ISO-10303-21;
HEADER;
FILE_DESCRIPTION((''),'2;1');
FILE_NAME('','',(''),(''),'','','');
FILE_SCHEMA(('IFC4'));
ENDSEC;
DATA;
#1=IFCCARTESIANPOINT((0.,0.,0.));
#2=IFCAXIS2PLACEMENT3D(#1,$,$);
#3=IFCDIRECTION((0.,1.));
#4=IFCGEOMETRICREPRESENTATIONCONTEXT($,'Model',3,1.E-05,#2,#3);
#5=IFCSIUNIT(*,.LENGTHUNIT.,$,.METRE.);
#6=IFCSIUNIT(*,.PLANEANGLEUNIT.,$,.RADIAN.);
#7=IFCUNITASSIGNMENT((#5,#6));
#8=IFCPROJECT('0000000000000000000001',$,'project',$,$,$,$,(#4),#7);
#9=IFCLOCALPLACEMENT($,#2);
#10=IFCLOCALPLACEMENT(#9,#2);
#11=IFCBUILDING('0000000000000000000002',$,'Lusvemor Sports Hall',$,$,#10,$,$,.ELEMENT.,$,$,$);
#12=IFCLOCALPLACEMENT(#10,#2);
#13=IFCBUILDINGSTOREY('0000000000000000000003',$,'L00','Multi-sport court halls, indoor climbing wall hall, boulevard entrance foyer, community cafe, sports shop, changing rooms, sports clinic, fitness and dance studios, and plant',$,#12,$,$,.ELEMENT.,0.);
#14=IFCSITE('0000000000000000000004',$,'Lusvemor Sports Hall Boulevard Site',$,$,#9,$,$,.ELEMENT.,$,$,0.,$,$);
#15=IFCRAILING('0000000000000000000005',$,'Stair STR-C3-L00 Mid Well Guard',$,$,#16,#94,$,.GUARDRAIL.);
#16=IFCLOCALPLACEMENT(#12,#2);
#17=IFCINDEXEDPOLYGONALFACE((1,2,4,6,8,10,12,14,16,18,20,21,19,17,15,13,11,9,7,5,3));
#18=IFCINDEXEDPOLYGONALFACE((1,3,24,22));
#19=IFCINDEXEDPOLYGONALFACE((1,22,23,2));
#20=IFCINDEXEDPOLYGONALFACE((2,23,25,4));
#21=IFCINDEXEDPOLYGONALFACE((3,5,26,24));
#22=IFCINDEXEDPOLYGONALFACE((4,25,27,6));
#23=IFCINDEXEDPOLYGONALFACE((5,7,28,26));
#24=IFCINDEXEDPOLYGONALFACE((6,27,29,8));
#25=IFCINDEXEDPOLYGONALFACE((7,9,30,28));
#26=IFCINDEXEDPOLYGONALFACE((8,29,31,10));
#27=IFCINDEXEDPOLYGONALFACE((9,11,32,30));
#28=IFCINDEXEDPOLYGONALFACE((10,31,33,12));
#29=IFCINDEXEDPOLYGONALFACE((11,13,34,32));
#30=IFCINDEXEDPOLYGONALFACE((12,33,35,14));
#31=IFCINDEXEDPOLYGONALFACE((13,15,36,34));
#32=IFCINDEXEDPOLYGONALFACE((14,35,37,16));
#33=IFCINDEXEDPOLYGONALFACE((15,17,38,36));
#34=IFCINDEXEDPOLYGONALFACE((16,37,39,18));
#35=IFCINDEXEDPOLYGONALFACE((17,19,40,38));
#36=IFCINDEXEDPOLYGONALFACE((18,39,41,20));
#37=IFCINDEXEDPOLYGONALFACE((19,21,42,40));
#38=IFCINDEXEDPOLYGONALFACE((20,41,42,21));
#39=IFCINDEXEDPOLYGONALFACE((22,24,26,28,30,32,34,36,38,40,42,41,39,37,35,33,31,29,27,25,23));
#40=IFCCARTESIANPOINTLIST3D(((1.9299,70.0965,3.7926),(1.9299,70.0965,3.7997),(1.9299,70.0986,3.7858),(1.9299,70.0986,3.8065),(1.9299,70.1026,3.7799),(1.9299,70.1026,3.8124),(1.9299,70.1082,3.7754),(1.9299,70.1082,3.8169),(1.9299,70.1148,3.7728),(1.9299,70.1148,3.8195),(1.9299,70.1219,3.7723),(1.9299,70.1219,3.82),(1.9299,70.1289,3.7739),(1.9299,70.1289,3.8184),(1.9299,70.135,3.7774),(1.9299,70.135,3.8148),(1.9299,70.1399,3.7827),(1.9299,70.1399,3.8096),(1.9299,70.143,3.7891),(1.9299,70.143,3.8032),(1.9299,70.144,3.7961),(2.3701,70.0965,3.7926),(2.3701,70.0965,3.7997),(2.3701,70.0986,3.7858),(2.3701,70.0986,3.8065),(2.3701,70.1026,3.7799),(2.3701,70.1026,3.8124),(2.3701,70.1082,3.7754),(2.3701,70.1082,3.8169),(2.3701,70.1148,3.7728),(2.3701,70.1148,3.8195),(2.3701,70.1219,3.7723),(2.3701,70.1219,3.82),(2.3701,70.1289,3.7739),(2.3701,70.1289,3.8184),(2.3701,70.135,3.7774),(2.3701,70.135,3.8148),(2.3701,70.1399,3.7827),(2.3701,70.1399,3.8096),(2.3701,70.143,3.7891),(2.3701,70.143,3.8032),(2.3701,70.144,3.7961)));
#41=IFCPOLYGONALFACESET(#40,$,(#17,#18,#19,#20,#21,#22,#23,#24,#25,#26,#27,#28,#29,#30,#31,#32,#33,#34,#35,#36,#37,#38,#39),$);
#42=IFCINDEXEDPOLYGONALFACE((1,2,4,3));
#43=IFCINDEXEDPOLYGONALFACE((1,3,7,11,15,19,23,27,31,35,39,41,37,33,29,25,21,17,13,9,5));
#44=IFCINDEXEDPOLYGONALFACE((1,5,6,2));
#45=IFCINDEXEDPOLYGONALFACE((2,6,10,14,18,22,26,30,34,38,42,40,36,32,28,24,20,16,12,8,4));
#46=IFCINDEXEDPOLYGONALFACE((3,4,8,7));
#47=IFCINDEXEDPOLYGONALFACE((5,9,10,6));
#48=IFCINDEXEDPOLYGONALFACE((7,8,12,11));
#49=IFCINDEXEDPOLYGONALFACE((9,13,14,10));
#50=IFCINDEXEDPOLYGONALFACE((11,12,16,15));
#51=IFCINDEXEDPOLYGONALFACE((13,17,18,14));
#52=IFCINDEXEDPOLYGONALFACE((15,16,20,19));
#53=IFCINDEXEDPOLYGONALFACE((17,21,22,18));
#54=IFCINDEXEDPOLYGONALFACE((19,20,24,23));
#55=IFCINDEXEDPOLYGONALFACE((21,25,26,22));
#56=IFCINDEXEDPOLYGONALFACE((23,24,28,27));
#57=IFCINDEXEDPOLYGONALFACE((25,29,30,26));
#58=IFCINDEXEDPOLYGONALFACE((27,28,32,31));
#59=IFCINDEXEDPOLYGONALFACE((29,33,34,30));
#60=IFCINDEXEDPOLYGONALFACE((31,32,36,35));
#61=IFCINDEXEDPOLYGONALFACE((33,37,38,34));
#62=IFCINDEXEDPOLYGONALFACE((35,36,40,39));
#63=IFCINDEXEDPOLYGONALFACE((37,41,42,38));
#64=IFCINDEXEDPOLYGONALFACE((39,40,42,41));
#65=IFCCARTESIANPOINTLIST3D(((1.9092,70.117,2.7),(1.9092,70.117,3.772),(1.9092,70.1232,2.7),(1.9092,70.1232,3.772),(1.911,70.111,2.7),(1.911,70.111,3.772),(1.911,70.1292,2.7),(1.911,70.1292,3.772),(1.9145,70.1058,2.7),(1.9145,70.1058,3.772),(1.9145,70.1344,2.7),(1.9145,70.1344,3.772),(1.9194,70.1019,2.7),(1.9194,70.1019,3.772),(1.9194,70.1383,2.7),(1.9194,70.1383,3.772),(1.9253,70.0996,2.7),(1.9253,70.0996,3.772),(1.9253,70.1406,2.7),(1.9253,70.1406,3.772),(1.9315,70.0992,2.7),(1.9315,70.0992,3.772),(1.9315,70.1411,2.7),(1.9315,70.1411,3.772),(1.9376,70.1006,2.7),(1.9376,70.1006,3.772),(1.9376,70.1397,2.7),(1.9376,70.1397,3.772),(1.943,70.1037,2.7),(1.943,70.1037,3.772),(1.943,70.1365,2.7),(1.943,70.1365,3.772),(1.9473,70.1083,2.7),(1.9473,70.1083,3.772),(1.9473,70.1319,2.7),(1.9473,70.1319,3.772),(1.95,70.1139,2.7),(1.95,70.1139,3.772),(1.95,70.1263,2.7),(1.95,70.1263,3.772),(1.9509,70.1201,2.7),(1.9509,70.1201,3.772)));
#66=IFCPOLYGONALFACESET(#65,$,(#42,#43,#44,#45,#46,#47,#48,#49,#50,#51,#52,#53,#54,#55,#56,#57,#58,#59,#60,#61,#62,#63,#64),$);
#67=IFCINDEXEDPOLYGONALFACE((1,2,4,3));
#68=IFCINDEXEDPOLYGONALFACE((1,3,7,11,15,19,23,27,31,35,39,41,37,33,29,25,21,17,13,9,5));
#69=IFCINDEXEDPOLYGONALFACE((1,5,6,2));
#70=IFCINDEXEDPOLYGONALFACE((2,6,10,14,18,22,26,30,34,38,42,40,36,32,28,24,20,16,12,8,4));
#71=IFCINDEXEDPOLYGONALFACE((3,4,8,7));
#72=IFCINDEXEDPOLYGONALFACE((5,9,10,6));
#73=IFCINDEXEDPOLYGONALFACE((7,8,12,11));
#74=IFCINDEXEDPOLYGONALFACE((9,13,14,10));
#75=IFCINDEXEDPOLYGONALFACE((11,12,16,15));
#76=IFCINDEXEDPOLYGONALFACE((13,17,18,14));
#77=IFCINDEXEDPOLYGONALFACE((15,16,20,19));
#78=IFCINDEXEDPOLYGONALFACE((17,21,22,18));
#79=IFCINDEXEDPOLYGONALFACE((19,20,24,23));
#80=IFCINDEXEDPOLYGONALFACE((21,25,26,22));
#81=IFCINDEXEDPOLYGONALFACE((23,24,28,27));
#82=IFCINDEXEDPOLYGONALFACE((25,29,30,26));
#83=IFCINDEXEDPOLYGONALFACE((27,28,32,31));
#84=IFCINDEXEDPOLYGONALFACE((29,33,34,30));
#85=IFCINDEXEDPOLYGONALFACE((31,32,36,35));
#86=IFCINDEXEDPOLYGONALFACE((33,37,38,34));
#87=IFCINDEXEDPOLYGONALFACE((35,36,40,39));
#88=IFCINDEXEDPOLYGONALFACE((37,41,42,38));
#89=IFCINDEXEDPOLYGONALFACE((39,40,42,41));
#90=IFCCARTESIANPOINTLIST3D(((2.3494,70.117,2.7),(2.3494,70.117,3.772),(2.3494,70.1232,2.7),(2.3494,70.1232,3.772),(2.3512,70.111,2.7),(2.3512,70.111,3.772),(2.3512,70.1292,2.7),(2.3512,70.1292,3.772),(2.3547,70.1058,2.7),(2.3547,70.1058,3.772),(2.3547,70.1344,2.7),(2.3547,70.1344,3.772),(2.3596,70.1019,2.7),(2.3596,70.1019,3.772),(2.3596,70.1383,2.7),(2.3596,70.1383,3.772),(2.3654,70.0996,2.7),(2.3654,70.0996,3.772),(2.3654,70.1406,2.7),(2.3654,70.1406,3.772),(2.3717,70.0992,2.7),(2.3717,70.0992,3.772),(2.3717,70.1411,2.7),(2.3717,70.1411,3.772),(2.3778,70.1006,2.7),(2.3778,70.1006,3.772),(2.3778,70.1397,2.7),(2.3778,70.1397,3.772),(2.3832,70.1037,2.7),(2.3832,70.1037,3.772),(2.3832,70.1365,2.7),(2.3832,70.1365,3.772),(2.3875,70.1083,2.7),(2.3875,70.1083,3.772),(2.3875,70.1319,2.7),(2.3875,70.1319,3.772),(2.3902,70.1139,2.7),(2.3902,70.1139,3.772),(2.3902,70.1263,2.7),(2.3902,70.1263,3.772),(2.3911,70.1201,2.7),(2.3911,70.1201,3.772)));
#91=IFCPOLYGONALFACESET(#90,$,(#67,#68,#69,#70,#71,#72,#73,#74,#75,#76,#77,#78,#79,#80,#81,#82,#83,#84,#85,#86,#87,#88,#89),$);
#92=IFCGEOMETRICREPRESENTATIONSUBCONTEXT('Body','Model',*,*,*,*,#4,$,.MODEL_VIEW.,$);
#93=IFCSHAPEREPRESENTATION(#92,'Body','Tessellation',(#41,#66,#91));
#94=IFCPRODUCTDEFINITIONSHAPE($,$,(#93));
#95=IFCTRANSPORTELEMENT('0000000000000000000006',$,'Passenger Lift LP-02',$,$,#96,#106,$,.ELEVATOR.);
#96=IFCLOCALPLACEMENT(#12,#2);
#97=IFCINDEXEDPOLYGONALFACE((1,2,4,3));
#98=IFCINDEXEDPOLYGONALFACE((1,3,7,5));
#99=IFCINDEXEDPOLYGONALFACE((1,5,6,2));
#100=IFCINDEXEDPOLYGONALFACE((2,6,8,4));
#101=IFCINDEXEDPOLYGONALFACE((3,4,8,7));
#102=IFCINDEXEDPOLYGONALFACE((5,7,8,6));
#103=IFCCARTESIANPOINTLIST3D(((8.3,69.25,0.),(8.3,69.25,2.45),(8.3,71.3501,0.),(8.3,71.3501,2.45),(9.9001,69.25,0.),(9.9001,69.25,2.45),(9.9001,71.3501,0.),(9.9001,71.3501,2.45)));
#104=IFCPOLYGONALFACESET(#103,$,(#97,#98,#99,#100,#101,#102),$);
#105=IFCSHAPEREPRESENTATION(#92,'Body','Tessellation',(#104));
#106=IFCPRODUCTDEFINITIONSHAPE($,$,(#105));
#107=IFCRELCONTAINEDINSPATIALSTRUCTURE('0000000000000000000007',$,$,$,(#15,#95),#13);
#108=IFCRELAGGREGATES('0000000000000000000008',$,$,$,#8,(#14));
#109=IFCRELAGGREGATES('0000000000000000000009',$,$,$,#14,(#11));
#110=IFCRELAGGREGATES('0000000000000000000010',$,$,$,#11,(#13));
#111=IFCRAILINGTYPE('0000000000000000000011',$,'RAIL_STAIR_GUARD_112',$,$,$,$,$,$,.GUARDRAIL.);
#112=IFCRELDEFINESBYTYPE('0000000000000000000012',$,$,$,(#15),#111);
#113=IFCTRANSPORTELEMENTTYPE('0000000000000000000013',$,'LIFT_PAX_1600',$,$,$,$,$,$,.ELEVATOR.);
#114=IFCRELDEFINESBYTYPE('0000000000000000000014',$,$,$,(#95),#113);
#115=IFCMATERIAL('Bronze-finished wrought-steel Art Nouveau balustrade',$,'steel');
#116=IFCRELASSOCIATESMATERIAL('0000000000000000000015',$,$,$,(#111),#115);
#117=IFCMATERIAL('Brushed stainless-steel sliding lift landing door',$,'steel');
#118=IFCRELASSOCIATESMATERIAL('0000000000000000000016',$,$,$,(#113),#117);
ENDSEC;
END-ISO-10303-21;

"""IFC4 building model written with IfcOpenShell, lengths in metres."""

from ifc_helpers import new_model, si_unit, direction, frame, origin, origin_2d, place, context, subcontext, project, spatial, rectangle, circle, extrude, material, type_object, element, save


model = new_model("IFC4")

# Units and contexts
model_context = context("Model", 3, precision=1e-05, world=origin(), true_north=direction((0.0, 1.0)))
body_context = subcontext(model_context, "Body", "Model", "MODEL_VIEW")
ifc_project = project(units=[si_unit("LENGTHUNIT", "METRE"), si_unit("PLANEANGLEUNIT", "RADIAN")], contexts=[model_context])

# Site, building, storey
site_placement = place(None, origin())
site = spatial("IfcSite", under=ifc_project, at=site_placement, Name="Lusvemor Sports Hall Boulevard Site", CompositionType="ELEMENT", RefElevation=0.0)
building_placement = place(site_placement, origin())
building = spatial("IfcBuilding", under=site, at=building_placement, Name="Lusvemor Sports Hall", CompositionType="ELEMENT")
storey_placement = place(building_placement, origin())
storey = spatial("IfcBuildingStorey", under=building, at=storey_placement, Name="L00", Description="Multi-sport court halls, indoor climbing wall hall, boulevard entrance foyer, community cafe, sports shop, changing rooms, sports clinic, fitness and dance studios, and plant", CompositionType="ELEMENT", Elevation=0.0)

# Railing
ifc_material_1 = material(Name="Bronze-finished wrought-steel Art Nouveau balustrade", Category="steel")
railing_type_1 = type_object("IfcRailingType", Name="RAIL_STAIR_GUARD_112", PredefinedType="GUARDRAIL", material=ifc_material_1)
railing_1_placement = place(storey_placement, frame((1.9299, 70.1201, 2.7)))
element("IfcRailing", 1, at=railing_1_placement, inside=storey, type_object=railing_type_1, Name="Stair STR-C3-L00 Mid Well Guard", PredefinedType="GUARDRAIL", context=body_context, shape_type="SweptSolid", body=[
    extrude(circle(Radius=0.0239, at=origin_2d()), frame((0.0, 0.0, 1.0962), z_axis=(1.0, 0.0, 0.0), x_axis=(0.0, 1.0, 0.0)), (0.0, 0.0, 1.0), 0.4402),
    extrude(circle(Radius=0.021, at=origin_2d()), origin(), (0.0, 0.0, 1.0), 1.072),
    extrude(circle(Radius=0.021, at=origin_2d()), frame((0.4402, 0.0, 0.0)), (0.0, 0.0, 1.0), 1.072),
])

# Transport element
ifc_material_2 = material(Name="Brushed stainless-steel sliding lift landing door", Category="steel")
transport_element_type = type_object("IfcTransportElementType", Name="LIFT_PAX_1600", PredefinedType="ELEVATOR", material=ifc_material_2)
transport_element_placement = place(storey_placement, frame((9.1001, 70.3, 0.0), z_axis=(0.0, 0.0, 1.0), x_axis=(1.0, 0.0, 0.0)))
element("IfcTransportElement", 2, at=transport_element_placement, inside=storey, type_object=transport_element_type, Name="Passenger Lift LP-02", PredefinedType="ELEVATOR", context=body_context, shape_type="SweptSolid", body=[
    extrude(rectangle(XDim=1.6001, YDim=2.1001, at=origin_2d()), origin(), (0.0, 0.0, 1.0), 2.45),
])

save(model, "model.ifc")
